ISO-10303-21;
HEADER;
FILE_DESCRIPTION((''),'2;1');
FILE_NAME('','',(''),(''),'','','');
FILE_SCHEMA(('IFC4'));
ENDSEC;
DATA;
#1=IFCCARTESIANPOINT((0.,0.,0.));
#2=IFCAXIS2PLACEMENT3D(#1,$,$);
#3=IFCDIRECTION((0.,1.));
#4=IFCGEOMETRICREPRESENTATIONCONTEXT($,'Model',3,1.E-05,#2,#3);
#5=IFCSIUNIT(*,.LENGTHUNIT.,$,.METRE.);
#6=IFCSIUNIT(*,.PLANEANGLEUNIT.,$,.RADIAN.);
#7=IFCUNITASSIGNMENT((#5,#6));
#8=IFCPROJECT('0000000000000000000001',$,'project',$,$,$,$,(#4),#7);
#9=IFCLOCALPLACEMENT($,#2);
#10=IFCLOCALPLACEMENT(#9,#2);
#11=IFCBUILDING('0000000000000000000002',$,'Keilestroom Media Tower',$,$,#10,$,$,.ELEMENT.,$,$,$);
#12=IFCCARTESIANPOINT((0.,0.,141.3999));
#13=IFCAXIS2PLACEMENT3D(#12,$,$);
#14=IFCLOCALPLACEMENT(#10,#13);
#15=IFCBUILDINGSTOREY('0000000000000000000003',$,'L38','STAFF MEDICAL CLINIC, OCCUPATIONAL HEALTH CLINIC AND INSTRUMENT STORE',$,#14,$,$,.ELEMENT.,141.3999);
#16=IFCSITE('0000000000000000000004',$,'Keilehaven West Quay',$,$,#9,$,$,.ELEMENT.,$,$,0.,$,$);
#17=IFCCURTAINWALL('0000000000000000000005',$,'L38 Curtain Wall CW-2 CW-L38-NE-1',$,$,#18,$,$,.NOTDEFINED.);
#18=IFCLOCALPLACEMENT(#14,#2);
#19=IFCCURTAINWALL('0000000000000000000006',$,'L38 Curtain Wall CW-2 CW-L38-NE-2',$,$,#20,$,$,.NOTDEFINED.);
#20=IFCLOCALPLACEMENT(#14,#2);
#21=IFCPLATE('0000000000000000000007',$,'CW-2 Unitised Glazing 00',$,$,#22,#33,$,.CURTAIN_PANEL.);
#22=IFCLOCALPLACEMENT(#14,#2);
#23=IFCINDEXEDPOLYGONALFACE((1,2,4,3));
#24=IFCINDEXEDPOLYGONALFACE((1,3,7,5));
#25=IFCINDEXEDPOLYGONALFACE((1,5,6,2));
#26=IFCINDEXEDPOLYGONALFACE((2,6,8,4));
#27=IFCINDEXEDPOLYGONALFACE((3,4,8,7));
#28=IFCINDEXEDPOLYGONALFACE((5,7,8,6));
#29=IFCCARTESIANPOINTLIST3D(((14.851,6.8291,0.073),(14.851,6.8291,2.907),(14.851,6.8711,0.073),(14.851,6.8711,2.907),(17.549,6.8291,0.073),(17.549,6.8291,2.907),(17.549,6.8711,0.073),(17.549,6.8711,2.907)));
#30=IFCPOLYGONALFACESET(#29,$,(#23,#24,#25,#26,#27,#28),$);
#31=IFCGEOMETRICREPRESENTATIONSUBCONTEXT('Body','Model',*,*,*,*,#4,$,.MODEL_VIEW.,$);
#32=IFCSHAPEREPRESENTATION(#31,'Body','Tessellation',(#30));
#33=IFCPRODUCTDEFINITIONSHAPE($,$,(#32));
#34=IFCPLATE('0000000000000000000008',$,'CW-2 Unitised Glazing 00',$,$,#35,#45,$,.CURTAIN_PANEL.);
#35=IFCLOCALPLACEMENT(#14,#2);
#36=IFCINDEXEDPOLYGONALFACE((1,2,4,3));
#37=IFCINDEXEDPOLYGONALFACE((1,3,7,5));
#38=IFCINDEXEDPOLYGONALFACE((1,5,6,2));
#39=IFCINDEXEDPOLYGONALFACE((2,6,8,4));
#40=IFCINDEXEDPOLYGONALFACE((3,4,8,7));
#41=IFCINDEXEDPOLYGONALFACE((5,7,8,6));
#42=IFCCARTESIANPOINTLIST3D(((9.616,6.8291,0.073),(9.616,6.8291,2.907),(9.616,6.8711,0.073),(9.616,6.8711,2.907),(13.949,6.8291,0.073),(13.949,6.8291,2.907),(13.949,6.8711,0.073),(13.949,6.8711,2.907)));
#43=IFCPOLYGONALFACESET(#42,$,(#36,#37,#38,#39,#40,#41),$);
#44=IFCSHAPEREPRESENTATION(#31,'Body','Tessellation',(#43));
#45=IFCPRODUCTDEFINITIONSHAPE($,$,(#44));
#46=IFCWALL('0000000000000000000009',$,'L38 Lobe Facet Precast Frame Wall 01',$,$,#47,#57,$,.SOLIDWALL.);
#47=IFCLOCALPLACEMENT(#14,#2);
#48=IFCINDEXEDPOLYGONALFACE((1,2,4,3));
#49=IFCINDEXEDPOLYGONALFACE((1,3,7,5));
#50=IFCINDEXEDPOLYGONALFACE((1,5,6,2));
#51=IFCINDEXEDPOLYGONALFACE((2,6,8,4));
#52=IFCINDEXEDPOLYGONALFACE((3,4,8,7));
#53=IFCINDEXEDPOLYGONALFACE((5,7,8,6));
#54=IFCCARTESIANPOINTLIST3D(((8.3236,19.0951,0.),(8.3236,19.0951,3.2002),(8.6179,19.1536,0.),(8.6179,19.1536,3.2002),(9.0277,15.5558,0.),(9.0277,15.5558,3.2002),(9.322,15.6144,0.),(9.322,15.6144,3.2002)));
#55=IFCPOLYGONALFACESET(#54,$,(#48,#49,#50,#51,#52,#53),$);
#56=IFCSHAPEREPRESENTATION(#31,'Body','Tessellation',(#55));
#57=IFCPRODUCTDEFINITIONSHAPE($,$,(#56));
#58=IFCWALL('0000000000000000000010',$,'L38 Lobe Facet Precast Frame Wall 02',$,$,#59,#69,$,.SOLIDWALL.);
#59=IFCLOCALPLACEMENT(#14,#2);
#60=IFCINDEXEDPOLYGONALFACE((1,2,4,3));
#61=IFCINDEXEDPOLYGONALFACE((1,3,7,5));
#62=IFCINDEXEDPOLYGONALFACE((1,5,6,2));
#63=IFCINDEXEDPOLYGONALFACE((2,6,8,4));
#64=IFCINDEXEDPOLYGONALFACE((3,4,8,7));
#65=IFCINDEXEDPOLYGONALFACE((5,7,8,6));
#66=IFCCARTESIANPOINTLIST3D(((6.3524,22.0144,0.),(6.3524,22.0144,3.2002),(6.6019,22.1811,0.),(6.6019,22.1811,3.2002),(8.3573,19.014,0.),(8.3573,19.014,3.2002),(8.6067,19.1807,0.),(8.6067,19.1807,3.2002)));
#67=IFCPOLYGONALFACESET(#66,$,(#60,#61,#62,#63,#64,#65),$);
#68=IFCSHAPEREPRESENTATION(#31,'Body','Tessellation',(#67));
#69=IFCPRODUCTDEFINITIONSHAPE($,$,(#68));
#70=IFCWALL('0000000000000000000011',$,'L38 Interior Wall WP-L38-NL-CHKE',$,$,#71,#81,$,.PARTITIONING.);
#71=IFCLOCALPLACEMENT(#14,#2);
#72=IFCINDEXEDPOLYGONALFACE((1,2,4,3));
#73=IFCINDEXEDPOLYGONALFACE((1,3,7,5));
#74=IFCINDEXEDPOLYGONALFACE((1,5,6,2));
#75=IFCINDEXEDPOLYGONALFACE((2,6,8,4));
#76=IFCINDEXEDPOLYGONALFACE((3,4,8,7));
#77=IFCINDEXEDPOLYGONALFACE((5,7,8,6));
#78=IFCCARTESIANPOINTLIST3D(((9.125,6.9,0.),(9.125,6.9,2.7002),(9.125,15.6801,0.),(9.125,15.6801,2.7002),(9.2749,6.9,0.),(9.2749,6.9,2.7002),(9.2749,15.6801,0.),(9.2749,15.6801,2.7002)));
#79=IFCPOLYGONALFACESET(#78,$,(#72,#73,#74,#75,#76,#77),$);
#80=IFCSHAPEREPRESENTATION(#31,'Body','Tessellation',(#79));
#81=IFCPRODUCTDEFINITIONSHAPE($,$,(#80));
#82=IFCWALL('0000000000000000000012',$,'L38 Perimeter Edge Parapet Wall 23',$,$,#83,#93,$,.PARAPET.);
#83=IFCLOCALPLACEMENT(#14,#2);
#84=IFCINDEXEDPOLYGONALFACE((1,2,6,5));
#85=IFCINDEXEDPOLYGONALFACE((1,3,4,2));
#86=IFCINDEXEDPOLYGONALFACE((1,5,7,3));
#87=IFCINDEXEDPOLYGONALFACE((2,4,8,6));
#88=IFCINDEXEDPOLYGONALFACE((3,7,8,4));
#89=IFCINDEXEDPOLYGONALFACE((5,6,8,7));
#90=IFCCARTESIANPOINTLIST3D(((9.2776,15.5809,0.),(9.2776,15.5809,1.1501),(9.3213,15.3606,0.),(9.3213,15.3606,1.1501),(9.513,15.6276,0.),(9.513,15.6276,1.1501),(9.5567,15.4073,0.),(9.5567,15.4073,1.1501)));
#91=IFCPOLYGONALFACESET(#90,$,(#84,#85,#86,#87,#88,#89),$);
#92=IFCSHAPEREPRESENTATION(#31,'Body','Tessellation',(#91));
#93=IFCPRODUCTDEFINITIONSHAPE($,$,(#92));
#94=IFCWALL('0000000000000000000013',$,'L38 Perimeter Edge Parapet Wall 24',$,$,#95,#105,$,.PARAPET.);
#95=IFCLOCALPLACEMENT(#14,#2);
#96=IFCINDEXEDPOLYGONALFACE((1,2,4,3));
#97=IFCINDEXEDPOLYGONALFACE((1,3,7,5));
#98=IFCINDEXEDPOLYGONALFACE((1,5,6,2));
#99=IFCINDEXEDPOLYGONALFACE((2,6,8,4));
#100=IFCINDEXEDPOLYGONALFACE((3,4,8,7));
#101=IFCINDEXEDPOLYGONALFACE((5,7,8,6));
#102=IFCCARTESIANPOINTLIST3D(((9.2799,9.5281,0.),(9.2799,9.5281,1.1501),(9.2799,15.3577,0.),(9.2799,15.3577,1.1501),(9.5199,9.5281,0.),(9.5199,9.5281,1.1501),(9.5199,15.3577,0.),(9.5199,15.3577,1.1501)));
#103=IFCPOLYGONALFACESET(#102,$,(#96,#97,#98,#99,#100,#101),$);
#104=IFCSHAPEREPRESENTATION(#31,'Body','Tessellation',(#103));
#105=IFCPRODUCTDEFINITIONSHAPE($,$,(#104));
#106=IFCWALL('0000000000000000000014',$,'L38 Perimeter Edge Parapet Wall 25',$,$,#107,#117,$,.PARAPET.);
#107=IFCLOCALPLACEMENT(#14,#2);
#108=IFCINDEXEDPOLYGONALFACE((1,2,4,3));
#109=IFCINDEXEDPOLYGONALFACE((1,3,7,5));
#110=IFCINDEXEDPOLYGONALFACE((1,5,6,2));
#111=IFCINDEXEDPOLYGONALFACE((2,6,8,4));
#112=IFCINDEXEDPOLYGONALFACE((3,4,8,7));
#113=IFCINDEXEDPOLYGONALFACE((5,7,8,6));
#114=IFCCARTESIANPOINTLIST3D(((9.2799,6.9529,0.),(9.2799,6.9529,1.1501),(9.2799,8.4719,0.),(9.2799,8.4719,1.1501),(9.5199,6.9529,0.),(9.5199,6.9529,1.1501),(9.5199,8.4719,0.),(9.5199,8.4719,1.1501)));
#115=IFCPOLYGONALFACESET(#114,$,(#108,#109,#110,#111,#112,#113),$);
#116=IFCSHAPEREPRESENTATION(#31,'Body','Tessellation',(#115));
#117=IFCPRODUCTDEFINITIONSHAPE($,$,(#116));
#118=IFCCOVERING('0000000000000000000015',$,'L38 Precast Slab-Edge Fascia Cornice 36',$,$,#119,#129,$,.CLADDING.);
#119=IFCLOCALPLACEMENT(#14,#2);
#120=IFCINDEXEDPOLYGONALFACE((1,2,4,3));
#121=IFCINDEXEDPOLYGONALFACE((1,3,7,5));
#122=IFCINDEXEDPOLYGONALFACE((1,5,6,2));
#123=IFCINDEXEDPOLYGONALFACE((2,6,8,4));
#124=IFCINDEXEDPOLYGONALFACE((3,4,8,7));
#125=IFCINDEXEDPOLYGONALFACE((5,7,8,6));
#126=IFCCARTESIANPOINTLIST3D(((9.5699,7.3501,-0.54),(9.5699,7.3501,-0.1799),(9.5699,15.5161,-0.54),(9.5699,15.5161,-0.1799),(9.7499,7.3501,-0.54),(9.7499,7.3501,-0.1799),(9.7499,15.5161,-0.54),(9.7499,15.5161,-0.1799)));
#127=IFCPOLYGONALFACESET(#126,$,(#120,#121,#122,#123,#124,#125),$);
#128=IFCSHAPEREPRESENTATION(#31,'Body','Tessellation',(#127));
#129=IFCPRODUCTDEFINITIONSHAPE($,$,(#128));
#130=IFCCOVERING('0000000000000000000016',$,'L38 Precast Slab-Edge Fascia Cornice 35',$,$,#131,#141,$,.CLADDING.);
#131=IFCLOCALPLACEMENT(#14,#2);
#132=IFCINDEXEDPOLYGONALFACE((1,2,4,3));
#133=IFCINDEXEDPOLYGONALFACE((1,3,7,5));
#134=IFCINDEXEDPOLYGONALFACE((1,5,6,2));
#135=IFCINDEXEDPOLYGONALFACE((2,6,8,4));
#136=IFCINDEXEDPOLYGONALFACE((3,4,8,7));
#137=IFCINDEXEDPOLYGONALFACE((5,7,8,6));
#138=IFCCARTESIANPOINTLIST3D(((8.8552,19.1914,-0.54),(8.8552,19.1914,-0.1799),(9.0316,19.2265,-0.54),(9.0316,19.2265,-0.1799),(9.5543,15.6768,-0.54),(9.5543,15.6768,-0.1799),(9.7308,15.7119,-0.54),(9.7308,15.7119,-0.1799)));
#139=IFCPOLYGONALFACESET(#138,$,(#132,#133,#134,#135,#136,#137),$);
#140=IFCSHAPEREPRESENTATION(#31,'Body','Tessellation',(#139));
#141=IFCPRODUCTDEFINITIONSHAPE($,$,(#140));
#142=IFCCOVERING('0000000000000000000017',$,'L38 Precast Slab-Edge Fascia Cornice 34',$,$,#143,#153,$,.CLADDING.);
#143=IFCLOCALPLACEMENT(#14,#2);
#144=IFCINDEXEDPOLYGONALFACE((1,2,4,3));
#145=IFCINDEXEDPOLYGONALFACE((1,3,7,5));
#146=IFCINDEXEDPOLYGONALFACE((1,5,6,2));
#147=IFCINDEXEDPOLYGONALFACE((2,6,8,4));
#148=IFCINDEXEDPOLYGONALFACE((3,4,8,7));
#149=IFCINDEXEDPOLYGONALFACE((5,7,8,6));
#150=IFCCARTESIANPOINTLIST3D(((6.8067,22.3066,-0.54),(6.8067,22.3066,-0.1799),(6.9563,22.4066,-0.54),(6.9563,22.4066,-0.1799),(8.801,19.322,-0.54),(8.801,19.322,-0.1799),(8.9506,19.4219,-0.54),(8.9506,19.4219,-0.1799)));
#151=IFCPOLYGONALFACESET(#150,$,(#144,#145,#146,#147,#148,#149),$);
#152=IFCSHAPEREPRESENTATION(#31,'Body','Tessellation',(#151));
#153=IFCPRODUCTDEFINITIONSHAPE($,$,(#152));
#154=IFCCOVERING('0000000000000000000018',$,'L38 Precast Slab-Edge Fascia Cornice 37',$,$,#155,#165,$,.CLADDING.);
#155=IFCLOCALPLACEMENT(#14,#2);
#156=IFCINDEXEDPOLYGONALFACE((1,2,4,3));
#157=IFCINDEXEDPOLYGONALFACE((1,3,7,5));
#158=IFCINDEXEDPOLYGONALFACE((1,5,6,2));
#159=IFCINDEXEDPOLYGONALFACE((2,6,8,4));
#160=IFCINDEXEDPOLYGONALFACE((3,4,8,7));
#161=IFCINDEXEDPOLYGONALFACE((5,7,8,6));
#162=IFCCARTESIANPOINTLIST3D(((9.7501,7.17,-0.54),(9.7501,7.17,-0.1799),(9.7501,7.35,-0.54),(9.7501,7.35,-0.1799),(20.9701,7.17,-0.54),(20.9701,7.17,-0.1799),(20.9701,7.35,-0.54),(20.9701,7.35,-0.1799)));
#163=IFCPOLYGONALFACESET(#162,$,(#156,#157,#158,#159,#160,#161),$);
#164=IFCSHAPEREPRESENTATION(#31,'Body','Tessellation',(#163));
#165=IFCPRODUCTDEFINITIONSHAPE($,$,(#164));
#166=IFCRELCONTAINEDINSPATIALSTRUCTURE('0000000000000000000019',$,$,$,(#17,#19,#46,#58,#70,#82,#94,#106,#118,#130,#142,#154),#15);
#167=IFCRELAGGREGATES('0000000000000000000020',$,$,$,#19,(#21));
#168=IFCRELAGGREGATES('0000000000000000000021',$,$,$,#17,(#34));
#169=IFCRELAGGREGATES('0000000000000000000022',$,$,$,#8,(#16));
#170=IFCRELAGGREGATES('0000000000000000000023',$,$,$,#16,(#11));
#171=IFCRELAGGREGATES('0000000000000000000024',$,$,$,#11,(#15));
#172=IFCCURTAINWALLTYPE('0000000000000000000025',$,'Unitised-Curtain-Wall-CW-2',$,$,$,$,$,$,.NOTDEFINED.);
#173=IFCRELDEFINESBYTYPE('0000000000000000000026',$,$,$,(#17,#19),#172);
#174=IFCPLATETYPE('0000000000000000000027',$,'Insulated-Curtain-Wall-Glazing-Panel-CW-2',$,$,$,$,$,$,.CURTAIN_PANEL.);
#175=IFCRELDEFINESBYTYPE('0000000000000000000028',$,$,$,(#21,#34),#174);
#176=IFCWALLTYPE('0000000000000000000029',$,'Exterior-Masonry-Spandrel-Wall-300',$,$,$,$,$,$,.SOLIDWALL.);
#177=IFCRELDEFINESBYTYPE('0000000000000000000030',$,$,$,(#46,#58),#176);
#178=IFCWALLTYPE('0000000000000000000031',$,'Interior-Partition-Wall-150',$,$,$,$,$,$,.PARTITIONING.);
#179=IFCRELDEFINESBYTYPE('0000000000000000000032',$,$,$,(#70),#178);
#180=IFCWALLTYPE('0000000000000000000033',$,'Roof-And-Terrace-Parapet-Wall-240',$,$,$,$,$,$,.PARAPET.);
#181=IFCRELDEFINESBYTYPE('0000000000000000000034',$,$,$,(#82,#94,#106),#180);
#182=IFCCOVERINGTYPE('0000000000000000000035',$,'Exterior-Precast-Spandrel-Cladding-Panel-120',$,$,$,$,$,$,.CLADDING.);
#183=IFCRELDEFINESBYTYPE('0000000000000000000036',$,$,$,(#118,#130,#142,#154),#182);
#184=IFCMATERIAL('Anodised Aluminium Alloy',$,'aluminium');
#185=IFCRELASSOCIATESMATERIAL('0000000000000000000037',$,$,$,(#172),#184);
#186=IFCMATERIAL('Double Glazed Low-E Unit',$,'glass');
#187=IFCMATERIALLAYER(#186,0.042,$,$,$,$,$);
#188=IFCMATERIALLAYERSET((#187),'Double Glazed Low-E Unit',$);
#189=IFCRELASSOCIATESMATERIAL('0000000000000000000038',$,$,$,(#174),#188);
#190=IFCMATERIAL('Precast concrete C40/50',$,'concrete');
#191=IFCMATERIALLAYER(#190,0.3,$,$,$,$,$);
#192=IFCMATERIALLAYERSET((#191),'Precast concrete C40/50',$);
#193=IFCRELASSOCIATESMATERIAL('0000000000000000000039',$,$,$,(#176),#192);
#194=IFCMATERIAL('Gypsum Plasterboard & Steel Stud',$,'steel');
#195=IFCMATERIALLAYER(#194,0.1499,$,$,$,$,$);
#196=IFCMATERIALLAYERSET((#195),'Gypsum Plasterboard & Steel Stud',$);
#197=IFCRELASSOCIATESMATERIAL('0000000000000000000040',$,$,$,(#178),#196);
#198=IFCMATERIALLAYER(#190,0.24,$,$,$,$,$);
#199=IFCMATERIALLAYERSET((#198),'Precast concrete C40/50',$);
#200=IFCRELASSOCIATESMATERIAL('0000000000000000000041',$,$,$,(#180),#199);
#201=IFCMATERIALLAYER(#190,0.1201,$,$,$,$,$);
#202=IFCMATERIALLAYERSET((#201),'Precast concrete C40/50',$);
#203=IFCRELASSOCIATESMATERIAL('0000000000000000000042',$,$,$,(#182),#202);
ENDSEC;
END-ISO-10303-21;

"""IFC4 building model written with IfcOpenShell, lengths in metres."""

from ifc_helpers import new_model, si_unit, direction, frame, frame_2d, origin, origin_2d, place, context, subcontext, project, spatial, rectangle, extrude, source, transform, mapped, material, layer, layer_set, type_object, element, aggregate, save


model = new_model("IFC4")

# Units and contexts
model_context = context("Model", 3, precision=1e-05, world=origin(), true_north=direction((0.0, 1.0)))
body_context = subcontext(model_context, "Body", "Model", "MODEL_VIEW")
ifc_project = project(units=[si_unit("LENGTHUNIT", "METRE"), si_unit("PLANEANGLEUNIT", "RADIAN")], contexts=[model_context])

# Site, building, storey
site_placement = place(None, origin())
site = spatial("IfcSite", under=ifc_project, at=site_placement, Name="Keilehaven West Quay", CompositionType="ELEMENT", RefElevation=0.0)
building_placement = place(site_placement, origin())
building = spatial("IfcBuilding", under=site, at=building_placement, Name="Keilestroom Media Tower", CompositionType="ELEMENT")
storey_placement = place(building_placement, frame((0.0, 0.0, 141.3999)))
storey = spatial("IfcBuildingStorey", under=building, at=storey_placement, Name="L38", Description="STAFF MEDICAL CLINIC, OCCUPATIONAL HEALTH CLINIC AND INSTRUMENT STORE", CompositionType="ELEMENT", Elevation=141.3999)

# Shared definitions
ifc_material_1 = material(Name="Precast concrete C40/50", Category="concrete")

# Curtain wall
ifc_material_2 = material(Name="Anodised Aluminium Alloy", Category="aluminium")
curtain_wall_type = type_object("IfcCurtainWallType", Name="Unitised-Curtain-Wall-CW-2", PredefinedType="NOTDEFINED", material=ifc_material_2)
curtain_wall_1_placement = place(storey_placement, origin())
curtain_wall_1 = element("IfcCurtainWall", 1, at=curtain_wall_1_placement, inside=storey, type_object=curtain_wall_type, Name="L38 Curtain Wall CW-2 CW-L38-NE-1", PredefinedType="NOTDEFINED")

# Curtain wall
curtain_wall_2_placement = place(storey_placement, origin())
curtain_wall_2 = element("IfcCurtainWall", 2, at=curtain_wall_2_placement, inside=storey, type_object=curtain_wall_type, Name="L38 Curtain Wall CW-2 CW-L38-NE-2", PredefinedType="NOTDEFINED")

# Plates
ifc_material_3 = material(Name="Double Glazed Low-E Unit", Category="glass")
ifc_layer_1 = layer(ifc_material_3, 0.042)
ifc_layer_set_1 = layer_set([ifc_layer_1], Name="Double Glazed Low-E Unit")
plate_type = type_object("IfcPlateType", Name="Insulated-Curtain-Wall-Glazing-Panel-CW-2", PredefinedType="CURTAIN_PANEL", material=ifc_layer_set_1)
shared_shape_1 = source(origin(), body_context, "Body", "SweptSolid", [
    extrude(rectangle(XDim=2.698, YDim=0.042, at=origin_2d()), origin(), (0.0, 0.0, 1.0), 2.834),
])
plate_1_placement = place(storey_placement, frame((16.2, 6.8501, 0.073), z_axis=(0.0, 0.0, 1.0), x_axis=(1.0, 0.0, 0.0)))
plate_1 = element("IfcPlate", 3, at=plate_1_placement, type_object=plate_type, Name="CW-2 Unitised Glazing 00", PredefinedType="CURTAIN_PANEL", context=body_context, shape_type="MappedRepresentation", body=[
    mapped(shared_shape_1, transform((0.0, 0.0, 0.0), x_axis=(1.0, 0.0, 0.0), y_axis=(0.0, 1.0, 0.0), z_axis=(0.0, 0.0, 1.0), scale=1.0)),
])
aggregate(curtain_wall_2, [plate_1])
shared_shape_2 = source(origin(), body_context, "Body", "SweptSolid", [
    extrude(rectangle(XDim=4.333, YDim=0.042, at=origin_2d()), origin(), (0.0, 0.0, 1.0), 2.834),
])
plate_2_placement = place(storey_placement, frame((11.7825, 6.8501, 0.073), z_axis=(0.0, 0.0, 1.0), x_axis=(1.0, 0.0, 0.0)))
plate_2 = element("IfcPlate", 4, at=plate_2_placement, type_object=plate_type, Name="CW-2 Unitised Glazing 00", PredefinedType="CURTAIN_PANEL", context=body_context, shape_type="MappedRepresentation", body=[
    mapped(shared_shape_2, transform((0.0, 0.0, 0.0), x_axis=(1.0, 0.0, 0.0), y_axis=(0.0, 1.0, 0.0), z_axis=(0.0, 0.0, 1.0), scale=1.0)),
])
aggregate(curtain_wall_1, [plate_2])

# Walls
ifc_layer_2 = layer(ifc_material_1, 0.3)
ifc_layer_set_2 = layer_set([ifc_layer_2], Name="Precast concrete C40/50")
wall_type_1 = type_object("IfcWallType", Name="Exterior-Masonry-Spandrel-Wall-300", PredefinedType="SOLIDWALL", material=ifc_layer_set_2)
for number, where, z_axis, x_axis, name in (
    (5, (9.1748, 15.5852, 0.0), (0.0, 0.0, 1.0), (-0.195114, 0.980781, 0.0), "L38 Lobe Facet Precast Frame Wall 01"),
    (6, (8.4819, 19.0974, 0.0), (0.0, 0.0, 1.0), (-0.555574, 0.831467, 0.0), "L38 Lobe Facet Precast Frame Wall 02"),
):
    element("IfcWall", number, at=place(storey_placement, frame(where, z_axis=z_axis, x_axis=x_axis)), inside=storey, type_object=wall_type_1, Name=name, PredefinedType="SOLIDWALL", context=body_context, shape_type="SweptSolid", body=[
        extrude(rectangle(XDim=3.6086, YDim=0.3, at=frame_2d((1.8042, 0.0))), origin(), (0.0, 0.0, 1.0), 3.2002),
    ])
ifc_material_4 = material(Name="Gypsum Plasterboard & Steel Stud", Category="steel")
ifc_layer_3 = layer(ifc_material_4, 0.1499)
ifc_layer_set_3 = layer_set([ifc_layer_3], Name="Gypsum Plasterboard & Steel Stud")
wall_type_2 = type_object("IfcWallType", Name="Interior-Partition-Wall-150", PredefinedType="PARTITIONING", material=ifc_layer_set_3)
wall_1_placement = place(storey_placement, frame((9.2, 6.8999, 0.0), z_axis=(0.0, 0.0, 1.0), x_axis=(0.0, 1.0, 0.0)))
element("IfcWall", 7, at=wall_1_placement, inside=storey, type_object=wall_type_2, Name="L38 Interior Wall WP-L38-NL-CHKE", PredefinedType="PARTITIONING", context=body_context, shape_type="SweptSolid", body=[
    extrude(rectangle(XDim=8.78, YDim=0.1499, at=frame_2d((4.3901, 0.0))), origin(), (0.0, 0.0, 1.0), 2.7002),
])
ifc_layer_4 = layer(ifc_material_1, 0.24)
ifc_layer_set_4 = layer_set([ifc_layer_4], Name="Precast concrete C40/50")
wall_type_3 = type_object("IfcWallType", Name="Roof-And-Terrace-Parapet-Wall-240", PredefinedType="PARAPET", material=ifc_layer_set_4)
wall_2_placement = place(storey_placement, frame((9.3953, 15.6042, 0.0), z_axis=(0.0, 0.0, 1.0), x_axis=(0.194652, -0.980872, 0.0)))
element("IfcWall", 8, at=wall_2_placement, inside=storey, type_object=wall_type_3, Name="L38 Perimeter Edge Parapet Wall 23", PredefinedType="PARAPET", context=body_context, shape_type="SweptSolid", body=[
    extrude(rectangle(XDim=0.2246, YDim=0.24, at=frame_2d((0.1123, 0.0))), origin(), (0.0, 0.0, 1.0), 1.1501),
])
wall_3_placement = place(storey_placement, frame((9.3999, 15.3577, 0.0), z_axis=(0.0, 0.0, 1.0), x_axis=(0.0, -1.0, 0.0)))
element("IfcWall", 9, at=wall_3_placement, inside=storey, type_object=wall_type_3, Name="L38 Perimeter Edge Parapet Wall 24", PredefinedType="PARAPET", context=body_context, shape_type="SweptSolid", body=[
    extrude(rectangle(XDim=5.8296, YDim=0.24, at=frame_2d((2.9148, 0.0))), origin(), (0.0, 0.0, 1.0), 1.1501),
])
wall_4_placement = place(storey_placement, frame((9.3999, 8.4719, 0.0), z_axis=(0.0, 0.0, 1.0), x_axis=(0.0, -1.0, 0.0)))
element("IfcWall", 10, at=wall_4_placement, inside=storey, type_object=wall_type_3, Name="L38 Perimeter Edge Parapet Wall 25", PredefinedType="PARAPET", context=body_context, shape_type="SweptSolid", body=[
    extrude(rectangle(XDim=1.519, YDim=0.24, at=frame_2d((0.7595, 0.0))), origin(), (0.0, 0.0, 1.0), 1.1501),
])

# Coverings
ifc_layer_5 = layer(ifc_material_1, 0.1201)
ifc_layer_set_5 = layer_set([ifc_layer_5], Name="Precast concrete C40/50")
covering_type = type_object("IfcCoveringType", Name="Exterior-Precast-Spandrel-Cladding-Panel-120", PredefinedType="CLADDING", material=ifc_layer_set_5)
shared_shape_3 = source(origin(), body_context, "Body", "SweptSolid", [
    extrude(rectangle(XDim=8.166, YDim=0.1799, at=origin_2d()), origin(), (0.0, 0.0, 1.0), 0.3601),
])
covering_1_placement = place(storey_placement, frame((9.6599, 11.4331, -0.54), z_axis=(0.0, 0.0, 1.0), x_axis=(0.0, -1.0, 0.0)))
element("IfcCovering", 11, at=covering_1_placement, inside=storey, type_object=covering_type, Name="L38 Precast Slab-Edge Fascia Cornice 36", PredefinedType="CLADDING", context=body_context, shape_type="MappedRepresentation", body=[
    mapped(shared_shape_3, transform((0.0, 0.0, 0.0), x_axis=(1.0, 0.0, 0.0), y_axis=(0.0, 1.0, 0.0), z_axis=(0.0, 0.0, 1.0), scale=1.0)),
])
shared_shape_4 = source(origin(), body_context, "Body", "SweptSolid", [
    extrude(rectangle(XDim=3.5835, YDim=0.1799, at=origin_2d()), origin(), (0.0, 0.0, 1.0), 0.3601),
])
covering_2_placement = place(storey_placement, frame((9.293, 17.4517, -0.54), z_axis=(0.0, 0.0, 1.0), x_axis=(0.195099, -0.980784, 0.0)))
element("IfcCovering", 12, at=covering_2_placement, inside=storey, type_object=covering_type, Name="L38 Precast Slab-Edge Fascia Cornice 35", PredefinedType="CLADDING", context=body_context, shape_type="MappedRepresentation", body=[
    mapped(shared_shape_4, transform((0.0, 0.0, 0.0), x_axis=(1.0, 0.0, 0.0), y_axis=(0.0, 1.0, 0.0), z_axis=(0.0, 0.0, 1.0), scale=1.0)),
])
shared_shape_5 = source(origin(), body_context, "Body", "SweptSolid", [
    extrude(rectangle(XDim=3.5896, YDim=0.1799, at=origin_2d()), origin(), (0.0, 0.0, 1.0), 0.3601),
])
covering_3_placement = place(storey_placement, frame((7.8787, 20.8643, -0.54), z_axis=(0.0, 0.0, 1.0), x_axis=(0.555575, -0.831467, 0.0)))
element("IfcCovering", 13, at=covering_3_placement, inside=storey, type_object=covering_type, Name="L38 Precast Slab-Edge Fascia Cornice 34", PredefinedType="CLADDING", context=body_context, shape_type="MappedRepresentation", body=[
    mapped(shared_shape_5, transform((0.0, 0.0, 0.0), x_axis=(1.0, 0.0, 0.0), y_axis=(0.0, 1.0, 0.0), z_axis=(0.0, 0.0, 1.0), scale=1.0)),
])
shared_shape_6 = source(origin(), body_context, "Body", "SweptSolid", [
    extrude(rectangle(XDim=11.22, YDim=0.1799, at=origin_2d()), origin(), (0.0, 0.0, 1.0), 0.3601),
])
covering_4_placement = place(storey_placement, frame((15.3601, 7.26, -0.54), z_axis=(0.0, 0.0, 1.0), x_axis=(1.0, 0.0, 0.0)))
element("IfcCovering", 14, at=covering_4_placement, inside=storey, type_object=covering_type, Name="L38 Precast Slab-Edge Fascia Cornice 37", PredefinedType="CLADDING", context=body_context, shape_type="MappedRepresentation", body=[
    mapped(shared_shape_6, transform((0.0, 0.0, 0.0), x_axis=(1.0, 0.0, 0.0), y_axis=(0.0, 1.0, 0.0), z_axis=(0.0, 0.0, 1.0), scale=1.0)),
])

save(model, "model.ifc")
